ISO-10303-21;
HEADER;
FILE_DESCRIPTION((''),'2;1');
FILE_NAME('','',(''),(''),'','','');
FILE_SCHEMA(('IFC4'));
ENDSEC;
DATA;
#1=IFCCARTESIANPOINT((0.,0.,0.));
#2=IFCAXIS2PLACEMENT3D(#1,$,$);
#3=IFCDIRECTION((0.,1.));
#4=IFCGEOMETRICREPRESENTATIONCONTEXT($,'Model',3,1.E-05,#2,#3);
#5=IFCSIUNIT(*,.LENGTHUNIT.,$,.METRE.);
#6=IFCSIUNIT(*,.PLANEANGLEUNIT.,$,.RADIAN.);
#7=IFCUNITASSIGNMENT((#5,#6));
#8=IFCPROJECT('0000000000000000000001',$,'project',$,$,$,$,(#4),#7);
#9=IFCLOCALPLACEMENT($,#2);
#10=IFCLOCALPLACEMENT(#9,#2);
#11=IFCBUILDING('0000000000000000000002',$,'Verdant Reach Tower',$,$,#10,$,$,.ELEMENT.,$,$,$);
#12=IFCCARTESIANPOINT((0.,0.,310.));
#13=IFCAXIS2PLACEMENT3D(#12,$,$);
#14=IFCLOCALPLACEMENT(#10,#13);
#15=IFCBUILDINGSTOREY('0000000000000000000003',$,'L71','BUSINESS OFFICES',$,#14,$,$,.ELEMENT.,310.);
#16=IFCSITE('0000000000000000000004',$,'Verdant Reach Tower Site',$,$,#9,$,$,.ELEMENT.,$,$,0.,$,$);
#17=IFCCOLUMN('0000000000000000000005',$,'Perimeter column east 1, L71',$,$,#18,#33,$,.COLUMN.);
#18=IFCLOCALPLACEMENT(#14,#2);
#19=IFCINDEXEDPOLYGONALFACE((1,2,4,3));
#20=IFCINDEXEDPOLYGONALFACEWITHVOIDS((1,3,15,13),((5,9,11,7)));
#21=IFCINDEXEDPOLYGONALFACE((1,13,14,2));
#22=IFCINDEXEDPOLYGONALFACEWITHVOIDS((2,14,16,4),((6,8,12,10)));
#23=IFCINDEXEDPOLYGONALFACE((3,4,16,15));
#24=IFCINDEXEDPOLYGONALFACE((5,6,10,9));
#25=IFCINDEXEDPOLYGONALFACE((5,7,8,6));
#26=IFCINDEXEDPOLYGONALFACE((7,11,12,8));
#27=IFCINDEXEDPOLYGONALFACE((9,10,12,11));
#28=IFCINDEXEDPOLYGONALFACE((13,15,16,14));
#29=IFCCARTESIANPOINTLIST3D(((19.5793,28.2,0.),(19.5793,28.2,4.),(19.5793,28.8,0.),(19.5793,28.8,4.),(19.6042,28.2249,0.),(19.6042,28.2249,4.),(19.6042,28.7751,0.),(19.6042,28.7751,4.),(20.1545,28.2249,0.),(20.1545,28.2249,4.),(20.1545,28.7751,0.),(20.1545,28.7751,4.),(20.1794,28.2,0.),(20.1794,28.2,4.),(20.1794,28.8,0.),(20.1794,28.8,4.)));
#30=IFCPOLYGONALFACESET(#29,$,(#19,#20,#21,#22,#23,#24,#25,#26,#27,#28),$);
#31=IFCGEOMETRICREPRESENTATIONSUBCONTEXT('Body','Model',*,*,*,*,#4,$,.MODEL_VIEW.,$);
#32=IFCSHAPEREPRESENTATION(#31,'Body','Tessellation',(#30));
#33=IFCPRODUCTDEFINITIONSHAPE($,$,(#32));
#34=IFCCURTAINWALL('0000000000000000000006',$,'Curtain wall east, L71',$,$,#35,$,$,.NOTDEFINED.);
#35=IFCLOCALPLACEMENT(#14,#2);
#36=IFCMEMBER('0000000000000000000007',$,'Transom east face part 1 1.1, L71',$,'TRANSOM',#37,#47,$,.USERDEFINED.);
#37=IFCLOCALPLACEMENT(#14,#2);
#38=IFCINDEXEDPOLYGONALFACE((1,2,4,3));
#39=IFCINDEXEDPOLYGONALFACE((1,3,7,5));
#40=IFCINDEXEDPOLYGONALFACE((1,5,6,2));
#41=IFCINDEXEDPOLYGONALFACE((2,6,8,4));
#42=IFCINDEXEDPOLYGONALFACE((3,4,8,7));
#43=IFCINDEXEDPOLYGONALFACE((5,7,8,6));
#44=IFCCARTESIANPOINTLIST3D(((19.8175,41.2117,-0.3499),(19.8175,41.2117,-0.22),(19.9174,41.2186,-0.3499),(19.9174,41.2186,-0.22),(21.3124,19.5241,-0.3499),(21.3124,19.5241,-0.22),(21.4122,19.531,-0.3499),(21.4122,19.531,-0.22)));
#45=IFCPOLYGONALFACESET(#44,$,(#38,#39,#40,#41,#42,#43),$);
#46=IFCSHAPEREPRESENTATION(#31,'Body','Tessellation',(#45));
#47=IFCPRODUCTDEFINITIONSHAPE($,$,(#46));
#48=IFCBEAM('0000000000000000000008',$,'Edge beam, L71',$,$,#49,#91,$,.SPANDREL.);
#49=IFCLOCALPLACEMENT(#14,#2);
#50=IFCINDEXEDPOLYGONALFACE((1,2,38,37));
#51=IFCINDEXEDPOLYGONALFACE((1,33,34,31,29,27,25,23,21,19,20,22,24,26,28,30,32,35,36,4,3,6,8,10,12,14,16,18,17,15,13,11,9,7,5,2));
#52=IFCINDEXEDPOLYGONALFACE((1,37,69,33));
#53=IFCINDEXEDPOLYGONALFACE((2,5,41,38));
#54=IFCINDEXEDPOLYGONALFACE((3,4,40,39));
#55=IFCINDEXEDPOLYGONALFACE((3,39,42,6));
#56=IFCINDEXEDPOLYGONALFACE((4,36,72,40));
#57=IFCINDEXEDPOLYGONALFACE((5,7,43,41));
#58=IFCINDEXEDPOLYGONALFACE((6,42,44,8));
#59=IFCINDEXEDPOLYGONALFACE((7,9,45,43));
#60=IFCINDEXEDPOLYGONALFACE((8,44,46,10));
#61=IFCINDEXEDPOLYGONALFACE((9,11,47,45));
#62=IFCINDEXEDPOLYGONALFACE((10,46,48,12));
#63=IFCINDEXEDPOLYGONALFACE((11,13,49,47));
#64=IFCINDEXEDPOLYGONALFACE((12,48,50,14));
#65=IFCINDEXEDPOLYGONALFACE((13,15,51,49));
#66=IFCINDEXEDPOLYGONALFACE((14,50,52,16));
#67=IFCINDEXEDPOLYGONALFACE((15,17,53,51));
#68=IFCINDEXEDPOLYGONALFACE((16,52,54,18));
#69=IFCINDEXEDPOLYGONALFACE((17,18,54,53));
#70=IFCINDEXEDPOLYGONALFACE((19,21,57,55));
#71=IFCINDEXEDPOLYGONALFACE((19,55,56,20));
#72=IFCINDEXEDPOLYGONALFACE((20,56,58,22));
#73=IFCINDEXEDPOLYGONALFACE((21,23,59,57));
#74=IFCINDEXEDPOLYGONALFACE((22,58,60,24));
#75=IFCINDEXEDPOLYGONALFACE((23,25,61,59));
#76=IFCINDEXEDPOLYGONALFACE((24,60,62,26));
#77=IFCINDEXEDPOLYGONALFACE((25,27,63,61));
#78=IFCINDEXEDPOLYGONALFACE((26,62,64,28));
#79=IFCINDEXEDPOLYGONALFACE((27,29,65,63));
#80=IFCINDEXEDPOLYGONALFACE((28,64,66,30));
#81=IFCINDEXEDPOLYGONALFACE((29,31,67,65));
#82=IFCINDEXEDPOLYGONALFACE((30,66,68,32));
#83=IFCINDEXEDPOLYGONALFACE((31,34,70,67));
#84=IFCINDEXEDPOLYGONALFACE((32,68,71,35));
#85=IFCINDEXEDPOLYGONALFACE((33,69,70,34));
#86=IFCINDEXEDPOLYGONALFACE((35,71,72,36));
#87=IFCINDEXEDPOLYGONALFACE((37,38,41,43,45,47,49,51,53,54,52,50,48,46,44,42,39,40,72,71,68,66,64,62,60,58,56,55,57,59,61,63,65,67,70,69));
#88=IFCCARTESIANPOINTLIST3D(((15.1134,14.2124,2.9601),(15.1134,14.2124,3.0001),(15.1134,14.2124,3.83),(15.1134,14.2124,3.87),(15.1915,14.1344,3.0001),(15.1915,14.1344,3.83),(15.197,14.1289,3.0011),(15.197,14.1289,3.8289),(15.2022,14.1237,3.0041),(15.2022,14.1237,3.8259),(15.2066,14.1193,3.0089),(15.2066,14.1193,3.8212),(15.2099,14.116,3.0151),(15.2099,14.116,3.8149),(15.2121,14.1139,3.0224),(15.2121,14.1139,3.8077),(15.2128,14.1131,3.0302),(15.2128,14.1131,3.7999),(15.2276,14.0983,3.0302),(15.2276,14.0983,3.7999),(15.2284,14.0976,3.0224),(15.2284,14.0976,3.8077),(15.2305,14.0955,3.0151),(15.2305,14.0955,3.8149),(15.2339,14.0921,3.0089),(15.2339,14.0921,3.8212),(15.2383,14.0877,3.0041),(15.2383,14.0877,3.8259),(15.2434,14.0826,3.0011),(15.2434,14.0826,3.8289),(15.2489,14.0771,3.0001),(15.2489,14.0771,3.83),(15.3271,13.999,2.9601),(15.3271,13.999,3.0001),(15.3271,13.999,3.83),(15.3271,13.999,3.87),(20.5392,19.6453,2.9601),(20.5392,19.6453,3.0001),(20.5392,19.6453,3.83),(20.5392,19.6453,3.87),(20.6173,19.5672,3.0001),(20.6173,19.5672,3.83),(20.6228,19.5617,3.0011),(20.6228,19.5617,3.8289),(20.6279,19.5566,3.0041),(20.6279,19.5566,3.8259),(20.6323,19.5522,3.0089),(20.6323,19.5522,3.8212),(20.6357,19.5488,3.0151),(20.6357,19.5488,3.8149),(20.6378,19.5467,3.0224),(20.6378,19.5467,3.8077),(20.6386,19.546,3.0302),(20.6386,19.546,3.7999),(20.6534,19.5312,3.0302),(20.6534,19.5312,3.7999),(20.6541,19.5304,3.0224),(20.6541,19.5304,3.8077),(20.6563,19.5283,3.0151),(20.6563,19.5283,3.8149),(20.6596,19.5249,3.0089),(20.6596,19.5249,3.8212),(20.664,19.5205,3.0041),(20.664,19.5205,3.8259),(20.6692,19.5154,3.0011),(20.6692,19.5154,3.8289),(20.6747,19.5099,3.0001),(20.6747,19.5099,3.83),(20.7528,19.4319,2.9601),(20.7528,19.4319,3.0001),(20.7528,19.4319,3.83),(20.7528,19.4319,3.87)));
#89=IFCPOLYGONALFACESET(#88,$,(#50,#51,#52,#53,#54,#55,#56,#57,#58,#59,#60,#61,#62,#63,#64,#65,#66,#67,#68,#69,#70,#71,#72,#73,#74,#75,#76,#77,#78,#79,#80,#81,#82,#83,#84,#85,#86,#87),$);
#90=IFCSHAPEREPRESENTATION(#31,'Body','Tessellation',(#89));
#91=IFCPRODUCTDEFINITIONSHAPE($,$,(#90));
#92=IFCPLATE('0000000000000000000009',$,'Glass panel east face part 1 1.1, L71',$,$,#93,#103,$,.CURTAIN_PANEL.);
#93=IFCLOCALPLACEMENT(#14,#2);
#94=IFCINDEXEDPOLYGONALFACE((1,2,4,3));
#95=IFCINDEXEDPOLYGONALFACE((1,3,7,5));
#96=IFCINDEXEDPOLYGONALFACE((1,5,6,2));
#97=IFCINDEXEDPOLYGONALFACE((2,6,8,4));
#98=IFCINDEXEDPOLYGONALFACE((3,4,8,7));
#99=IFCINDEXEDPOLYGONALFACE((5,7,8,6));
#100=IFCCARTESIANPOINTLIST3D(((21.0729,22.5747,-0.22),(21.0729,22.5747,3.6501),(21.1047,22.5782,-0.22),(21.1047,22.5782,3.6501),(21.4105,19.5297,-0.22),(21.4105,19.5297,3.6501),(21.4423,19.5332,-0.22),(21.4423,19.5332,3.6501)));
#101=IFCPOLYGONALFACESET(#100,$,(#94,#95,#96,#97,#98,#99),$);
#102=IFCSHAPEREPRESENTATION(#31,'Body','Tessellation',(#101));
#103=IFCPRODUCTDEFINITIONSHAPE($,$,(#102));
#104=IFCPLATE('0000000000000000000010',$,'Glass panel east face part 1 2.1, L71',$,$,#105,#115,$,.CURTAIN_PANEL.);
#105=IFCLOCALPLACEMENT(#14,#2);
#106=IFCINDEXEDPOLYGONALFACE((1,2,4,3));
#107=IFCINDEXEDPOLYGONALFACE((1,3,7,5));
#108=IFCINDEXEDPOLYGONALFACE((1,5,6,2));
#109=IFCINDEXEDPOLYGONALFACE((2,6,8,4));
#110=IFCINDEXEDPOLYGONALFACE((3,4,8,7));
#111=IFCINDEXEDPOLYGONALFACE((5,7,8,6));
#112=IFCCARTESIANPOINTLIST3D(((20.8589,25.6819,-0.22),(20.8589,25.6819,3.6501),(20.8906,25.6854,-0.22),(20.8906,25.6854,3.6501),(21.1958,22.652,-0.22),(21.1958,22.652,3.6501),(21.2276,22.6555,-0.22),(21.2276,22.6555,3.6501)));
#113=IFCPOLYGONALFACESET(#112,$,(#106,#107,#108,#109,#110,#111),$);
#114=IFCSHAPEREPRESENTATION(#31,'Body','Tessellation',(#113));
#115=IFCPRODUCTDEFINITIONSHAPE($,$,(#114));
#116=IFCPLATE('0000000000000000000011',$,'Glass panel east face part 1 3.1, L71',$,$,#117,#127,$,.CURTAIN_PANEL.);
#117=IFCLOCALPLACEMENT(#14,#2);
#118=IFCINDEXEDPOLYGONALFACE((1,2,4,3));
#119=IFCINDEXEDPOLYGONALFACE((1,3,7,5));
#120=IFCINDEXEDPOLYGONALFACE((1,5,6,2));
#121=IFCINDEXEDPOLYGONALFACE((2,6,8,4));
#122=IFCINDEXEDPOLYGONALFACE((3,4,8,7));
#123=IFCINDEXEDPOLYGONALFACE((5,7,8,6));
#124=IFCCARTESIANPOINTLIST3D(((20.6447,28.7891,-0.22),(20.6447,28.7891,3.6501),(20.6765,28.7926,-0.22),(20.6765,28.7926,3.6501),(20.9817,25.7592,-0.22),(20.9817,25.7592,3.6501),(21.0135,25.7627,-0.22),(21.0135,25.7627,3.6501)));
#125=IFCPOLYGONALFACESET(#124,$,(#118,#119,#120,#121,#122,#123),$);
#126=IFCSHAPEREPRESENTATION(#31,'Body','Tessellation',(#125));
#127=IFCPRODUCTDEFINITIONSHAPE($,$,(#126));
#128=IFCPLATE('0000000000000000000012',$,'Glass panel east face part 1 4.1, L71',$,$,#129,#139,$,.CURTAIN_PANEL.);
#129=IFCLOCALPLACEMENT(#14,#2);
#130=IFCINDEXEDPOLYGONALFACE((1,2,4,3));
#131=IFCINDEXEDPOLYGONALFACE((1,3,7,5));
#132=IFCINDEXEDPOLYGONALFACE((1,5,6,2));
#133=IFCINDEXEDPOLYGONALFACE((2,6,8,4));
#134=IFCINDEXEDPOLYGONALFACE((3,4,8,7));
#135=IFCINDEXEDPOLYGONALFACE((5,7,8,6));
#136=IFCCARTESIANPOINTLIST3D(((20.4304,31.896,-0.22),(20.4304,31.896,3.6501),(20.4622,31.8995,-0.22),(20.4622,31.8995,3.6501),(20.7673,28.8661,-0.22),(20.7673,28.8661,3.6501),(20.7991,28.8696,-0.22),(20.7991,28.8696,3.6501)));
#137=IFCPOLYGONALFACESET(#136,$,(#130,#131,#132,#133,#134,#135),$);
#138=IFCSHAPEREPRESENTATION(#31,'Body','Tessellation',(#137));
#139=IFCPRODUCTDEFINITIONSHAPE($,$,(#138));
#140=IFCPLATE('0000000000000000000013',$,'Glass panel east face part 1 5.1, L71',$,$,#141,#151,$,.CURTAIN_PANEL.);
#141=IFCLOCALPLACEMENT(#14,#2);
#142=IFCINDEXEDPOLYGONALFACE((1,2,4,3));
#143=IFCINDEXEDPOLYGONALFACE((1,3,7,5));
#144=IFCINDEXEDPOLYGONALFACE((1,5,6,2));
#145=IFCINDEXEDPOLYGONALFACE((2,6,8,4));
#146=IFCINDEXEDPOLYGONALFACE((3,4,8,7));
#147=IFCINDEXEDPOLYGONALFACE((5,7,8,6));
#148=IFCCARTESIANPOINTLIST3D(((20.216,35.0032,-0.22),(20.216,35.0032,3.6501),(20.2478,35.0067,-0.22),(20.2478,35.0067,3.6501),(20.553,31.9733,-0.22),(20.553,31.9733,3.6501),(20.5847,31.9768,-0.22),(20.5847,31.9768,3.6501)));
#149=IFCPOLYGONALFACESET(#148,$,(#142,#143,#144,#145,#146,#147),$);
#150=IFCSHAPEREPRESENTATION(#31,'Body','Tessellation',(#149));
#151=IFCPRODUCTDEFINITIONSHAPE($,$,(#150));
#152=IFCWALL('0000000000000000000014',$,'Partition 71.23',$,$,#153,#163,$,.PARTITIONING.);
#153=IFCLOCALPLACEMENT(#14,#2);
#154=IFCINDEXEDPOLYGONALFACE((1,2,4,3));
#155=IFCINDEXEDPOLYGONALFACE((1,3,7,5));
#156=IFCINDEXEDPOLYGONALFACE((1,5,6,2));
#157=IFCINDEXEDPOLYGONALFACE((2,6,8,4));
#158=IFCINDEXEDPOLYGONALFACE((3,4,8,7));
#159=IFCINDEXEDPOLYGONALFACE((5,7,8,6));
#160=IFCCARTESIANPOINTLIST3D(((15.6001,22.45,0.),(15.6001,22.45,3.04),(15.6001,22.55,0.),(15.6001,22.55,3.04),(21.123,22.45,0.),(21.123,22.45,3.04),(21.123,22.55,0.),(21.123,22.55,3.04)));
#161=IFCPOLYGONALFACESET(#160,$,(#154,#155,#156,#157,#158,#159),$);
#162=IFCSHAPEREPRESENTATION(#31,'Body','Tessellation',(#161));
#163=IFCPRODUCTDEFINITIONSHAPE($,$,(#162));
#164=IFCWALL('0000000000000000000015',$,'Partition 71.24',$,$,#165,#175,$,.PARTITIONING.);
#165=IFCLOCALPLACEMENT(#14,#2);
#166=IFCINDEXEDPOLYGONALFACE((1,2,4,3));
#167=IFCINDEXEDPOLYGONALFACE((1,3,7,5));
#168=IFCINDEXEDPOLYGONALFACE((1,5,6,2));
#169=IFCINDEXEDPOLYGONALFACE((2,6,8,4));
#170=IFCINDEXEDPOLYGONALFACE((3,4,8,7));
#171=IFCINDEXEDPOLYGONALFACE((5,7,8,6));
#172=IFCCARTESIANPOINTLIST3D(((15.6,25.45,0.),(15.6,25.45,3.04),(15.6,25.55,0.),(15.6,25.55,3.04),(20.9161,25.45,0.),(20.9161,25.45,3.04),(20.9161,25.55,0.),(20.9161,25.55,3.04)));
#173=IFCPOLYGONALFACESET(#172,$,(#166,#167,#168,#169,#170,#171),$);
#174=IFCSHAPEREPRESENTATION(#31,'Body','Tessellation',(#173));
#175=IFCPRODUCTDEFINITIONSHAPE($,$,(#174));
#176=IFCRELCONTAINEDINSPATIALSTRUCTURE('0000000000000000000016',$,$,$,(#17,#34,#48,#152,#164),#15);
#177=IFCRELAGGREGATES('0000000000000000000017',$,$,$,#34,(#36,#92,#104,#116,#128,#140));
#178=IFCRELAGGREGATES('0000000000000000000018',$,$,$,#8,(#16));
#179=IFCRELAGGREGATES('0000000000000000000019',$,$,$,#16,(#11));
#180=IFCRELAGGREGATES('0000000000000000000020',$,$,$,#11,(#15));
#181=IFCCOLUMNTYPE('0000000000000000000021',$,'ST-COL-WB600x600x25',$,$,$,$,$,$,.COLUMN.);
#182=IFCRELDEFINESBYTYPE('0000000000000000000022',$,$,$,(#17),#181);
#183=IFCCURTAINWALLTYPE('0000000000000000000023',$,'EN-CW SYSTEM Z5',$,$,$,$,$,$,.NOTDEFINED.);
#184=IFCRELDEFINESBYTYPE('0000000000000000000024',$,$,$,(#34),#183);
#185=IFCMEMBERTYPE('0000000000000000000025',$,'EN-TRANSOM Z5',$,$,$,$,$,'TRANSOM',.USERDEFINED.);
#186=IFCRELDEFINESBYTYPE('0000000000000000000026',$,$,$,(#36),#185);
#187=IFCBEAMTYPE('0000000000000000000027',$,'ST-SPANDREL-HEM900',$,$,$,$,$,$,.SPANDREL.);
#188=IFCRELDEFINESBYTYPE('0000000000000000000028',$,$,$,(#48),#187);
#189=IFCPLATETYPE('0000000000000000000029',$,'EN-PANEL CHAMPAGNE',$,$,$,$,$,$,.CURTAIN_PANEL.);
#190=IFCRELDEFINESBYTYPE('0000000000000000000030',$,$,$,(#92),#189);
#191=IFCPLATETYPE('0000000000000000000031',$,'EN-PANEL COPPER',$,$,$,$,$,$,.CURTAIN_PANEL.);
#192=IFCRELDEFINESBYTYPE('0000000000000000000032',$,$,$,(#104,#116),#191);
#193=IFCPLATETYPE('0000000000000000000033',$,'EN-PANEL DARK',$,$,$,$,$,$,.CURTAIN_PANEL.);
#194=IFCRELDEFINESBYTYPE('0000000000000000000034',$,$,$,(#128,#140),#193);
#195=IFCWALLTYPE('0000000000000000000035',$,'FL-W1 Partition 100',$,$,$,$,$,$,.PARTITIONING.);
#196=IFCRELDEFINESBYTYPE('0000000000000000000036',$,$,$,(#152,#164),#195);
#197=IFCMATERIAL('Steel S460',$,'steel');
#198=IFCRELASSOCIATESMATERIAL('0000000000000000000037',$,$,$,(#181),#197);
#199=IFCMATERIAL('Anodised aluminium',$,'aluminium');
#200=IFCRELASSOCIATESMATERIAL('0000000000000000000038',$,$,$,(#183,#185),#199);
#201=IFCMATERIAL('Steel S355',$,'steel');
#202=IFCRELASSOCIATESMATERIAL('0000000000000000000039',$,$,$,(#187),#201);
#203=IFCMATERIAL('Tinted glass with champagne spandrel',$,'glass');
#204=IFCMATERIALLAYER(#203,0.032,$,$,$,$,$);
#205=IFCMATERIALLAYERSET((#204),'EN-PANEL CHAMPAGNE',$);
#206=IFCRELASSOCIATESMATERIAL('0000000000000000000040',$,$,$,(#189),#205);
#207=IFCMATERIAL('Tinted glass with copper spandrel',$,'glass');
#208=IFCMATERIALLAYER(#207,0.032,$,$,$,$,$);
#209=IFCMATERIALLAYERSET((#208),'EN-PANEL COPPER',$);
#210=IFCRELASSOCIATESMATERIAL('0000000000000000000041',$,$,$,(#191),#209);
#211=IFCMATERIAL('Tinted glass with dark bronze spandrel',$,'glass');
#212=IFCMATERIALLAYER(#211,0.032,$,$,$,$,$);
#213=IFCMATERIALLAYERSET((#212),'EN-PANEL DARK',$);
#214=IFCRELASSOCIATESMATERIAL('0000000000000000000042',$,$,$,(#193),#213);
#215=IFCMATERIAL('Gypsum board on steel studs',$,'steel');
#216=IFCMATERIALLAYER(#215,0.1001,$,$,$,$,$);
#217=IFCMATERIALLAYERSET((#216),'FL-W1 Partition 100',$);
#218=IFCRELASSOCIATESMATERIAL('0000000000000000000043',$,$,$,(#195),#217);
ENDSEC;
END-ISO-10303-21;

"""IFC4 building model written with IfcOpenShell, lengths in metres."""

from ifc_helpers import new_model, si_unit, direction, frame, frame_2d, origin, origin_2d, place, context, subcontext, project, spatial, rectangle, hollow_rectangle, i_section, extrude, material, layer, layer_set, material_profile, profile_set, type_object, element, aggregate, save


model = new_model("IFC4")

# Units and contexts
model_context = context("Model", 3, precision=1e-05, world=origin(), true_north=direction((0.0, 1.0)))
body_context = subcontext(model_context, "Body", "Model", "MODEL_VIEW")
ifc_project = project(units=[si_unit("LENGTHUNIT", "METRE"), si_unit("PLANEANGLEUNIT", "RADIAN")], contexts=[model_context])

# Site, building, storey
site_placement = place(None, origin())
site = spatial("IfcSite", under=ifc_project, at=site_placement, Name="Verdant Reach Tower Site", CompositionType="ELEMENT", RefElevation=0.0)
building_placement = place(site_placement, origin())
building = spatial("IfcBuilding", under=site, at=building_placement, Name="Verdant Reach Tower", CompositionType="ELEMENT")
storey_placement = place(building_placement, frame((0.0, 0.0, 310.0)))
storey = spatial("IfcBuildingStorey", under=building, at=storey_placement, Name="L71", Description="BUSINESS OFFICES", CompositionType="ELEMENT", Elevation=310.0)

# Column
ifc_material_1 = material(Name="Steel S460", Category="steel")
ifc_material_profile_1 = material_profile(ifc_material_1, hollow_rectangle(XDim=0.6001, YDim=0.6001, WallThickness=0.0249, at=origin_2d()), Name="WB 600x600x25")
ifc_profile_set_1 = profile_set([ifc_material_profile_1], Name="Steel S460")
column_type = type_object("IfcColumnType", Name="ST-COL-WB600x600x25", PredefinedType="COLUMN", material=ifc_profile_set_1)
column_placement = place(storey_placement, frame((19.8794, 28.5, 0.0), z_axis=(0.0, 0.0, 1.0), x_axis=(1.0, 0.0, 0.0)))
element("IfcColumn", 1, at=column_placement, inside=storey, type_object=column_type, Name="Perimeter column east 1, L71", PredefinedType="COLUMN", context=body_context, shape_type="SweptSolid", body=[
    extrude(hollow_rectangle(XDim=0.6001, YDim=0.6001, WallThickness=0.0249, at=origin_2d()), origin(), (0.0, 0.0, 1.0), 4.0),
])

# Curtain wall, member
ifc_material_2 = material(Name="Anodised aluminium", Category="aluminium")
curtain_wall_type = type_object("IfcCurtainWallType", Name="EN-CW SYSTEM Z5", PredefinedType="NOTDEFINED", material=ifc_material_2)
curtain_wall_placement = place(storey_placement, origin())
curtain_wall = element("IfcCurtainWall", 2, at=curtain_wall_placement, inside=storey, type_object=curtain_wall_type, Name="Curtain wall east, L71", PredefinedType="NOTDEFINED")
ifc_material_profile_2 = material_profile(ifc_material_2, rectangle(XDim=0.1001, YDim=0.1299, at=origin_2d()), Name="Transom 130x100")
ifc_profile_set_2 = profile_set([ifc_material_profile_2], Name="Anodised aluminium")
member_type = type_object("IfcMemberType", Name="EN-TRANSOM Z5", ElementType="TRANSOM", PredefinedType="USERDEFINED", material=ifc_profile_set_2)
member_placement = place(storey_placement, frame((21.3623, 19.5276, -0.2849), z_axis=(-0.068765, 0.997633, 0.0), x_axis=(-0.997633, -0.068765, 0.0)))
member = element("IfcMember", 3, at=member_placement, type_object=member_type, Name="Transom east face part 1 1.1, L71", ObjectType="TRANSOM", PredefinedType="USERDEFINED", context=body_context, shape_type="SweptSolid", body=[
    extrude(rectangle(XDim=0.1001, YDim=0.1299, at=origin_2d()), origin(), (0.0, 0.0, 1.0), 21.739),
])

# Beam
ifc_material_3 = material(Name="Steel S355", Category="steel")
ifc_material_profile_3 = material_profile(ifc_material_3, i_section(OverallWidth=0.302, OverallDepth=0.9099, WebThickness=0.021, FlangeThickness=0.04, FilletRadius=0.03, at=origin_2d()), Name="HEM 900")
ifc_profile_set_3 = profile_set([ifc_material_profile_3], Name="Steel S355")
beam_type = type_object("IfcBeamType", Name="ST-SPANDREL-HEM900", PredefinedType="SPANDREL", material=ifc_profile_set_3)
beam_placement = place(storey_placement, frame((20.646, 19.5386, 3.415), z_axis=(-0.706646, -0.707568, 0.0), x_axis=(0.707568, -0.706646, 0.0)))
element("IfcBeam", 4, at=beam_placement, inside=storey, type_object=beam_type, Name="Edge beam, L71", PredefinedType="SPANDREL", context=body_context, shape_type="SweptSolid", body=[
    extrude(i_section(OverallWidth=0.302, OverallDepth=0.9099, WebThickness=0.021, FlangeThickness=0.04, FilletRadius=0.03, at=origin_2d()), origin(), (0.0, 0.0, 1.0), 7.6782),
])

# Plates
ifc_material_4 = material(Name="Tinted glass with champagne spandrel", Category="glass")
ifc_layer_1 = layer(ifc_material_4, 0.032)
ifc_layer_set_1 = layer_set([ifc_layer_1], Name="EN-PANEL CHAMPAGNE")
plate_type_1 = type_object("IfcPlateType", Name="EN-PANEL CHAMPAGNE", PredefinedType="CURTAIN_PANEL", material=ifc_layer_set_1)
plate_1_placement = place(storey_placement, frame((21.2576, 21.054, -0.22), z_axis=(0.0, 0.0, 1.0), x_axis=(-0.110198, 0.99391, 0.0)))
plate_1 = element("IfcPlate", 5, at=plate_1_placement, type_object=plate_type_1, Name="Glass panel east face part 1 1.1, L71", PredefinedType="CURTAIN_PANEL", context=body_context, shape_type="SweptSolid", body=[
    extrude(rectangle(XDim=3.0637, YDim=0.032, at=origin_2d()), origin(), (0.0, 0.0, 1.0), 3.8701),
])
ifc_material_5 = material(Name="Tinted glass with copper spandrel", Category="glass")
ifc_layer_2 = layer(ifc_material_5, 0.032)
ifc_layer_set_2 = layer_set([ifc_layer_2], Name="EN-PANEL COPPER")
plate_type_2 = type_object("IfcPlateType", Name="EN-PANEL COPPER", PredefinedType="CURTAIN_PANEL", material=ifc_layer_set_2)
plate_2_placement = place(storey_placement, frame((21.0432, 24.1687, -0.22), z_axis=(0.0, 0.0, 1.0), x_axis=(-0.110518, 0.993874, 0.0)))
plate_2 = element("IfcPlate", 6, at=plate_2_placement, type_object=plate_type_2, Name="Glass panel east face part 1 2.1, L71", PredefinedType="CURTAIN_PANEL", context=body_context, shape_type="SweptSolid", body=[
    extrude(rectangle(XDim=3.0486, YDim=0.032, at=origin_2d()), origin(), (0.0, 0.0, 1.0), 3.8701),
])
plate_3_placement = place(storey_placement, frame((20.8291, 27.2759, -0.22), z_axis=(0.0, 0.0, 1.0), x_axis=(-0.110518, 0.993874, 0.0)))
plate_3 = element("IfcPlate", 7, at=plate_3_placement, type_object=plate_type_2, Name="Glass panel east face part 1 3.1, L71", PredefinedType="CURTAIN_PANEL", context=body_context, shape_type="SweptSolid", body=[
    extrude(rectangle(XDim=3.0486, YDim=0.032, at=origin_2d()), origin(), (0.0, 0.0, 1.0), 3.8701),
])
ifc_material_6 = material(Name="Tinted glass with dark bronze spandrel", Category="glass")
ifc_layer_3 = layer(ifc_material_6, 0.032)
ifc_layer_set_3 = layer_set([ifc_layer_3], Name="EN-PANEL DARK")
plate_type_3 = type_object("IfcPlateType", Name="EN-PANEL DARK", PredefinedType="CURTAIN_PANEL", material=ifc_layer_set_3)
plate_4_placement = place(storey_placement, frame((20.6147, 30.3828, -0.22), z_axis=(0.0, 0.0, 1.0), x_axis=(-0.110518, 0.993874, 0.0)))
plate_4 = element("IfcPlate", 8, at=plate_4_placement, type_object=plate_type_3, Name="Glass panel east face part 1 4.1, L71", PredefinedType="CURTAIN_PANEL", context=body_context, shape_type="SweptSolid", body=[
    extrude(rectangle(XDim=3.0486, YDim=0.032, at=origin_2d()), origin(), (0.0, 0.0, 1.0), 3.8701),
])
plate_5_placement = place(storey_placement, frame((20.4004, 33.49, -0.22), z_axis=(0.0, 0.0, 1.0), x_axis=(-0.110518, 0.993874, 0.0)))
plate_5 = element("IfcPlate", 9, at=plate_5_placement, type_object=plate_type_3, Name="Glass panel east face part 1 5.1, L71", PredefinedType="CURTAIN_PANEL", context=body_context, shape_type="SweptSolid", body=[
    extrude(rectangle(XDim=3.0486, YDim=0.032, at=origin_2d()), origin(), (0.0, 0.0, 1.0), 3.8701),
])
aggregate(curtain_wall, [member, plate_1, plate_2, plate_3, plate_4, plate_5])

# Walls
ifc_material_7 = material(Name="Gypsum board on steel studs", Category="steel")
ifc_layer_4 = layer(ifc_material_7, 0.1001)
ifc_layer_set_4 = layer_set([ifc_layer_4], Name="FL-W1 Partition 100")
wall_type_1 = type_object("IfcWallType", Name="FL-W1 Partition 100", PredefinedType="PARTITIONING", material=ifc_layer_set_4)
wall_1_placement = place(storey_placement, frame((21.123, 22.5, 0.0), z_axis=(0.0, 0.0, 1.0), x_axis=(-1.0, 0.0, 0.0)))
element("IfcWall", 10, at=wall_1_placement, inside=storey, type_object=wall_type_1, Name="Partition 71.23", PredefinedType="PARTITIONING", context=body_context, shape_type="SweptSolid", body=[
    extrude(rectangle(XDim=5.5229, YDim=0.1001, at=frame_2d((2.7615, 0.0))), origin(), (0.0, 0.0, 1.0), 3.04),
])
wall_2_placement = place(storey_placement, frame((20.9163, 25.5, 0.0), z_axis=(0.0, 0.0, 1.0), x_axis=(-1.0, 0.0, 0.0)))
element("IfcWall", 11, at=wall_2_placement, inside=storey, type_object=wall_type_1, Name="Partition 71.24", PredefinedType="PARTITIONING", context=body_context, shape_type="SweptSolid", body=[
    extrude(rectangle(XDim=5.3162, YDim=0.1001, at=frame_2d((2.6582, 0.0))), origin(), (0.0, 0.0, 1.0), 3.04),
])

save(model, "model.ifc")
